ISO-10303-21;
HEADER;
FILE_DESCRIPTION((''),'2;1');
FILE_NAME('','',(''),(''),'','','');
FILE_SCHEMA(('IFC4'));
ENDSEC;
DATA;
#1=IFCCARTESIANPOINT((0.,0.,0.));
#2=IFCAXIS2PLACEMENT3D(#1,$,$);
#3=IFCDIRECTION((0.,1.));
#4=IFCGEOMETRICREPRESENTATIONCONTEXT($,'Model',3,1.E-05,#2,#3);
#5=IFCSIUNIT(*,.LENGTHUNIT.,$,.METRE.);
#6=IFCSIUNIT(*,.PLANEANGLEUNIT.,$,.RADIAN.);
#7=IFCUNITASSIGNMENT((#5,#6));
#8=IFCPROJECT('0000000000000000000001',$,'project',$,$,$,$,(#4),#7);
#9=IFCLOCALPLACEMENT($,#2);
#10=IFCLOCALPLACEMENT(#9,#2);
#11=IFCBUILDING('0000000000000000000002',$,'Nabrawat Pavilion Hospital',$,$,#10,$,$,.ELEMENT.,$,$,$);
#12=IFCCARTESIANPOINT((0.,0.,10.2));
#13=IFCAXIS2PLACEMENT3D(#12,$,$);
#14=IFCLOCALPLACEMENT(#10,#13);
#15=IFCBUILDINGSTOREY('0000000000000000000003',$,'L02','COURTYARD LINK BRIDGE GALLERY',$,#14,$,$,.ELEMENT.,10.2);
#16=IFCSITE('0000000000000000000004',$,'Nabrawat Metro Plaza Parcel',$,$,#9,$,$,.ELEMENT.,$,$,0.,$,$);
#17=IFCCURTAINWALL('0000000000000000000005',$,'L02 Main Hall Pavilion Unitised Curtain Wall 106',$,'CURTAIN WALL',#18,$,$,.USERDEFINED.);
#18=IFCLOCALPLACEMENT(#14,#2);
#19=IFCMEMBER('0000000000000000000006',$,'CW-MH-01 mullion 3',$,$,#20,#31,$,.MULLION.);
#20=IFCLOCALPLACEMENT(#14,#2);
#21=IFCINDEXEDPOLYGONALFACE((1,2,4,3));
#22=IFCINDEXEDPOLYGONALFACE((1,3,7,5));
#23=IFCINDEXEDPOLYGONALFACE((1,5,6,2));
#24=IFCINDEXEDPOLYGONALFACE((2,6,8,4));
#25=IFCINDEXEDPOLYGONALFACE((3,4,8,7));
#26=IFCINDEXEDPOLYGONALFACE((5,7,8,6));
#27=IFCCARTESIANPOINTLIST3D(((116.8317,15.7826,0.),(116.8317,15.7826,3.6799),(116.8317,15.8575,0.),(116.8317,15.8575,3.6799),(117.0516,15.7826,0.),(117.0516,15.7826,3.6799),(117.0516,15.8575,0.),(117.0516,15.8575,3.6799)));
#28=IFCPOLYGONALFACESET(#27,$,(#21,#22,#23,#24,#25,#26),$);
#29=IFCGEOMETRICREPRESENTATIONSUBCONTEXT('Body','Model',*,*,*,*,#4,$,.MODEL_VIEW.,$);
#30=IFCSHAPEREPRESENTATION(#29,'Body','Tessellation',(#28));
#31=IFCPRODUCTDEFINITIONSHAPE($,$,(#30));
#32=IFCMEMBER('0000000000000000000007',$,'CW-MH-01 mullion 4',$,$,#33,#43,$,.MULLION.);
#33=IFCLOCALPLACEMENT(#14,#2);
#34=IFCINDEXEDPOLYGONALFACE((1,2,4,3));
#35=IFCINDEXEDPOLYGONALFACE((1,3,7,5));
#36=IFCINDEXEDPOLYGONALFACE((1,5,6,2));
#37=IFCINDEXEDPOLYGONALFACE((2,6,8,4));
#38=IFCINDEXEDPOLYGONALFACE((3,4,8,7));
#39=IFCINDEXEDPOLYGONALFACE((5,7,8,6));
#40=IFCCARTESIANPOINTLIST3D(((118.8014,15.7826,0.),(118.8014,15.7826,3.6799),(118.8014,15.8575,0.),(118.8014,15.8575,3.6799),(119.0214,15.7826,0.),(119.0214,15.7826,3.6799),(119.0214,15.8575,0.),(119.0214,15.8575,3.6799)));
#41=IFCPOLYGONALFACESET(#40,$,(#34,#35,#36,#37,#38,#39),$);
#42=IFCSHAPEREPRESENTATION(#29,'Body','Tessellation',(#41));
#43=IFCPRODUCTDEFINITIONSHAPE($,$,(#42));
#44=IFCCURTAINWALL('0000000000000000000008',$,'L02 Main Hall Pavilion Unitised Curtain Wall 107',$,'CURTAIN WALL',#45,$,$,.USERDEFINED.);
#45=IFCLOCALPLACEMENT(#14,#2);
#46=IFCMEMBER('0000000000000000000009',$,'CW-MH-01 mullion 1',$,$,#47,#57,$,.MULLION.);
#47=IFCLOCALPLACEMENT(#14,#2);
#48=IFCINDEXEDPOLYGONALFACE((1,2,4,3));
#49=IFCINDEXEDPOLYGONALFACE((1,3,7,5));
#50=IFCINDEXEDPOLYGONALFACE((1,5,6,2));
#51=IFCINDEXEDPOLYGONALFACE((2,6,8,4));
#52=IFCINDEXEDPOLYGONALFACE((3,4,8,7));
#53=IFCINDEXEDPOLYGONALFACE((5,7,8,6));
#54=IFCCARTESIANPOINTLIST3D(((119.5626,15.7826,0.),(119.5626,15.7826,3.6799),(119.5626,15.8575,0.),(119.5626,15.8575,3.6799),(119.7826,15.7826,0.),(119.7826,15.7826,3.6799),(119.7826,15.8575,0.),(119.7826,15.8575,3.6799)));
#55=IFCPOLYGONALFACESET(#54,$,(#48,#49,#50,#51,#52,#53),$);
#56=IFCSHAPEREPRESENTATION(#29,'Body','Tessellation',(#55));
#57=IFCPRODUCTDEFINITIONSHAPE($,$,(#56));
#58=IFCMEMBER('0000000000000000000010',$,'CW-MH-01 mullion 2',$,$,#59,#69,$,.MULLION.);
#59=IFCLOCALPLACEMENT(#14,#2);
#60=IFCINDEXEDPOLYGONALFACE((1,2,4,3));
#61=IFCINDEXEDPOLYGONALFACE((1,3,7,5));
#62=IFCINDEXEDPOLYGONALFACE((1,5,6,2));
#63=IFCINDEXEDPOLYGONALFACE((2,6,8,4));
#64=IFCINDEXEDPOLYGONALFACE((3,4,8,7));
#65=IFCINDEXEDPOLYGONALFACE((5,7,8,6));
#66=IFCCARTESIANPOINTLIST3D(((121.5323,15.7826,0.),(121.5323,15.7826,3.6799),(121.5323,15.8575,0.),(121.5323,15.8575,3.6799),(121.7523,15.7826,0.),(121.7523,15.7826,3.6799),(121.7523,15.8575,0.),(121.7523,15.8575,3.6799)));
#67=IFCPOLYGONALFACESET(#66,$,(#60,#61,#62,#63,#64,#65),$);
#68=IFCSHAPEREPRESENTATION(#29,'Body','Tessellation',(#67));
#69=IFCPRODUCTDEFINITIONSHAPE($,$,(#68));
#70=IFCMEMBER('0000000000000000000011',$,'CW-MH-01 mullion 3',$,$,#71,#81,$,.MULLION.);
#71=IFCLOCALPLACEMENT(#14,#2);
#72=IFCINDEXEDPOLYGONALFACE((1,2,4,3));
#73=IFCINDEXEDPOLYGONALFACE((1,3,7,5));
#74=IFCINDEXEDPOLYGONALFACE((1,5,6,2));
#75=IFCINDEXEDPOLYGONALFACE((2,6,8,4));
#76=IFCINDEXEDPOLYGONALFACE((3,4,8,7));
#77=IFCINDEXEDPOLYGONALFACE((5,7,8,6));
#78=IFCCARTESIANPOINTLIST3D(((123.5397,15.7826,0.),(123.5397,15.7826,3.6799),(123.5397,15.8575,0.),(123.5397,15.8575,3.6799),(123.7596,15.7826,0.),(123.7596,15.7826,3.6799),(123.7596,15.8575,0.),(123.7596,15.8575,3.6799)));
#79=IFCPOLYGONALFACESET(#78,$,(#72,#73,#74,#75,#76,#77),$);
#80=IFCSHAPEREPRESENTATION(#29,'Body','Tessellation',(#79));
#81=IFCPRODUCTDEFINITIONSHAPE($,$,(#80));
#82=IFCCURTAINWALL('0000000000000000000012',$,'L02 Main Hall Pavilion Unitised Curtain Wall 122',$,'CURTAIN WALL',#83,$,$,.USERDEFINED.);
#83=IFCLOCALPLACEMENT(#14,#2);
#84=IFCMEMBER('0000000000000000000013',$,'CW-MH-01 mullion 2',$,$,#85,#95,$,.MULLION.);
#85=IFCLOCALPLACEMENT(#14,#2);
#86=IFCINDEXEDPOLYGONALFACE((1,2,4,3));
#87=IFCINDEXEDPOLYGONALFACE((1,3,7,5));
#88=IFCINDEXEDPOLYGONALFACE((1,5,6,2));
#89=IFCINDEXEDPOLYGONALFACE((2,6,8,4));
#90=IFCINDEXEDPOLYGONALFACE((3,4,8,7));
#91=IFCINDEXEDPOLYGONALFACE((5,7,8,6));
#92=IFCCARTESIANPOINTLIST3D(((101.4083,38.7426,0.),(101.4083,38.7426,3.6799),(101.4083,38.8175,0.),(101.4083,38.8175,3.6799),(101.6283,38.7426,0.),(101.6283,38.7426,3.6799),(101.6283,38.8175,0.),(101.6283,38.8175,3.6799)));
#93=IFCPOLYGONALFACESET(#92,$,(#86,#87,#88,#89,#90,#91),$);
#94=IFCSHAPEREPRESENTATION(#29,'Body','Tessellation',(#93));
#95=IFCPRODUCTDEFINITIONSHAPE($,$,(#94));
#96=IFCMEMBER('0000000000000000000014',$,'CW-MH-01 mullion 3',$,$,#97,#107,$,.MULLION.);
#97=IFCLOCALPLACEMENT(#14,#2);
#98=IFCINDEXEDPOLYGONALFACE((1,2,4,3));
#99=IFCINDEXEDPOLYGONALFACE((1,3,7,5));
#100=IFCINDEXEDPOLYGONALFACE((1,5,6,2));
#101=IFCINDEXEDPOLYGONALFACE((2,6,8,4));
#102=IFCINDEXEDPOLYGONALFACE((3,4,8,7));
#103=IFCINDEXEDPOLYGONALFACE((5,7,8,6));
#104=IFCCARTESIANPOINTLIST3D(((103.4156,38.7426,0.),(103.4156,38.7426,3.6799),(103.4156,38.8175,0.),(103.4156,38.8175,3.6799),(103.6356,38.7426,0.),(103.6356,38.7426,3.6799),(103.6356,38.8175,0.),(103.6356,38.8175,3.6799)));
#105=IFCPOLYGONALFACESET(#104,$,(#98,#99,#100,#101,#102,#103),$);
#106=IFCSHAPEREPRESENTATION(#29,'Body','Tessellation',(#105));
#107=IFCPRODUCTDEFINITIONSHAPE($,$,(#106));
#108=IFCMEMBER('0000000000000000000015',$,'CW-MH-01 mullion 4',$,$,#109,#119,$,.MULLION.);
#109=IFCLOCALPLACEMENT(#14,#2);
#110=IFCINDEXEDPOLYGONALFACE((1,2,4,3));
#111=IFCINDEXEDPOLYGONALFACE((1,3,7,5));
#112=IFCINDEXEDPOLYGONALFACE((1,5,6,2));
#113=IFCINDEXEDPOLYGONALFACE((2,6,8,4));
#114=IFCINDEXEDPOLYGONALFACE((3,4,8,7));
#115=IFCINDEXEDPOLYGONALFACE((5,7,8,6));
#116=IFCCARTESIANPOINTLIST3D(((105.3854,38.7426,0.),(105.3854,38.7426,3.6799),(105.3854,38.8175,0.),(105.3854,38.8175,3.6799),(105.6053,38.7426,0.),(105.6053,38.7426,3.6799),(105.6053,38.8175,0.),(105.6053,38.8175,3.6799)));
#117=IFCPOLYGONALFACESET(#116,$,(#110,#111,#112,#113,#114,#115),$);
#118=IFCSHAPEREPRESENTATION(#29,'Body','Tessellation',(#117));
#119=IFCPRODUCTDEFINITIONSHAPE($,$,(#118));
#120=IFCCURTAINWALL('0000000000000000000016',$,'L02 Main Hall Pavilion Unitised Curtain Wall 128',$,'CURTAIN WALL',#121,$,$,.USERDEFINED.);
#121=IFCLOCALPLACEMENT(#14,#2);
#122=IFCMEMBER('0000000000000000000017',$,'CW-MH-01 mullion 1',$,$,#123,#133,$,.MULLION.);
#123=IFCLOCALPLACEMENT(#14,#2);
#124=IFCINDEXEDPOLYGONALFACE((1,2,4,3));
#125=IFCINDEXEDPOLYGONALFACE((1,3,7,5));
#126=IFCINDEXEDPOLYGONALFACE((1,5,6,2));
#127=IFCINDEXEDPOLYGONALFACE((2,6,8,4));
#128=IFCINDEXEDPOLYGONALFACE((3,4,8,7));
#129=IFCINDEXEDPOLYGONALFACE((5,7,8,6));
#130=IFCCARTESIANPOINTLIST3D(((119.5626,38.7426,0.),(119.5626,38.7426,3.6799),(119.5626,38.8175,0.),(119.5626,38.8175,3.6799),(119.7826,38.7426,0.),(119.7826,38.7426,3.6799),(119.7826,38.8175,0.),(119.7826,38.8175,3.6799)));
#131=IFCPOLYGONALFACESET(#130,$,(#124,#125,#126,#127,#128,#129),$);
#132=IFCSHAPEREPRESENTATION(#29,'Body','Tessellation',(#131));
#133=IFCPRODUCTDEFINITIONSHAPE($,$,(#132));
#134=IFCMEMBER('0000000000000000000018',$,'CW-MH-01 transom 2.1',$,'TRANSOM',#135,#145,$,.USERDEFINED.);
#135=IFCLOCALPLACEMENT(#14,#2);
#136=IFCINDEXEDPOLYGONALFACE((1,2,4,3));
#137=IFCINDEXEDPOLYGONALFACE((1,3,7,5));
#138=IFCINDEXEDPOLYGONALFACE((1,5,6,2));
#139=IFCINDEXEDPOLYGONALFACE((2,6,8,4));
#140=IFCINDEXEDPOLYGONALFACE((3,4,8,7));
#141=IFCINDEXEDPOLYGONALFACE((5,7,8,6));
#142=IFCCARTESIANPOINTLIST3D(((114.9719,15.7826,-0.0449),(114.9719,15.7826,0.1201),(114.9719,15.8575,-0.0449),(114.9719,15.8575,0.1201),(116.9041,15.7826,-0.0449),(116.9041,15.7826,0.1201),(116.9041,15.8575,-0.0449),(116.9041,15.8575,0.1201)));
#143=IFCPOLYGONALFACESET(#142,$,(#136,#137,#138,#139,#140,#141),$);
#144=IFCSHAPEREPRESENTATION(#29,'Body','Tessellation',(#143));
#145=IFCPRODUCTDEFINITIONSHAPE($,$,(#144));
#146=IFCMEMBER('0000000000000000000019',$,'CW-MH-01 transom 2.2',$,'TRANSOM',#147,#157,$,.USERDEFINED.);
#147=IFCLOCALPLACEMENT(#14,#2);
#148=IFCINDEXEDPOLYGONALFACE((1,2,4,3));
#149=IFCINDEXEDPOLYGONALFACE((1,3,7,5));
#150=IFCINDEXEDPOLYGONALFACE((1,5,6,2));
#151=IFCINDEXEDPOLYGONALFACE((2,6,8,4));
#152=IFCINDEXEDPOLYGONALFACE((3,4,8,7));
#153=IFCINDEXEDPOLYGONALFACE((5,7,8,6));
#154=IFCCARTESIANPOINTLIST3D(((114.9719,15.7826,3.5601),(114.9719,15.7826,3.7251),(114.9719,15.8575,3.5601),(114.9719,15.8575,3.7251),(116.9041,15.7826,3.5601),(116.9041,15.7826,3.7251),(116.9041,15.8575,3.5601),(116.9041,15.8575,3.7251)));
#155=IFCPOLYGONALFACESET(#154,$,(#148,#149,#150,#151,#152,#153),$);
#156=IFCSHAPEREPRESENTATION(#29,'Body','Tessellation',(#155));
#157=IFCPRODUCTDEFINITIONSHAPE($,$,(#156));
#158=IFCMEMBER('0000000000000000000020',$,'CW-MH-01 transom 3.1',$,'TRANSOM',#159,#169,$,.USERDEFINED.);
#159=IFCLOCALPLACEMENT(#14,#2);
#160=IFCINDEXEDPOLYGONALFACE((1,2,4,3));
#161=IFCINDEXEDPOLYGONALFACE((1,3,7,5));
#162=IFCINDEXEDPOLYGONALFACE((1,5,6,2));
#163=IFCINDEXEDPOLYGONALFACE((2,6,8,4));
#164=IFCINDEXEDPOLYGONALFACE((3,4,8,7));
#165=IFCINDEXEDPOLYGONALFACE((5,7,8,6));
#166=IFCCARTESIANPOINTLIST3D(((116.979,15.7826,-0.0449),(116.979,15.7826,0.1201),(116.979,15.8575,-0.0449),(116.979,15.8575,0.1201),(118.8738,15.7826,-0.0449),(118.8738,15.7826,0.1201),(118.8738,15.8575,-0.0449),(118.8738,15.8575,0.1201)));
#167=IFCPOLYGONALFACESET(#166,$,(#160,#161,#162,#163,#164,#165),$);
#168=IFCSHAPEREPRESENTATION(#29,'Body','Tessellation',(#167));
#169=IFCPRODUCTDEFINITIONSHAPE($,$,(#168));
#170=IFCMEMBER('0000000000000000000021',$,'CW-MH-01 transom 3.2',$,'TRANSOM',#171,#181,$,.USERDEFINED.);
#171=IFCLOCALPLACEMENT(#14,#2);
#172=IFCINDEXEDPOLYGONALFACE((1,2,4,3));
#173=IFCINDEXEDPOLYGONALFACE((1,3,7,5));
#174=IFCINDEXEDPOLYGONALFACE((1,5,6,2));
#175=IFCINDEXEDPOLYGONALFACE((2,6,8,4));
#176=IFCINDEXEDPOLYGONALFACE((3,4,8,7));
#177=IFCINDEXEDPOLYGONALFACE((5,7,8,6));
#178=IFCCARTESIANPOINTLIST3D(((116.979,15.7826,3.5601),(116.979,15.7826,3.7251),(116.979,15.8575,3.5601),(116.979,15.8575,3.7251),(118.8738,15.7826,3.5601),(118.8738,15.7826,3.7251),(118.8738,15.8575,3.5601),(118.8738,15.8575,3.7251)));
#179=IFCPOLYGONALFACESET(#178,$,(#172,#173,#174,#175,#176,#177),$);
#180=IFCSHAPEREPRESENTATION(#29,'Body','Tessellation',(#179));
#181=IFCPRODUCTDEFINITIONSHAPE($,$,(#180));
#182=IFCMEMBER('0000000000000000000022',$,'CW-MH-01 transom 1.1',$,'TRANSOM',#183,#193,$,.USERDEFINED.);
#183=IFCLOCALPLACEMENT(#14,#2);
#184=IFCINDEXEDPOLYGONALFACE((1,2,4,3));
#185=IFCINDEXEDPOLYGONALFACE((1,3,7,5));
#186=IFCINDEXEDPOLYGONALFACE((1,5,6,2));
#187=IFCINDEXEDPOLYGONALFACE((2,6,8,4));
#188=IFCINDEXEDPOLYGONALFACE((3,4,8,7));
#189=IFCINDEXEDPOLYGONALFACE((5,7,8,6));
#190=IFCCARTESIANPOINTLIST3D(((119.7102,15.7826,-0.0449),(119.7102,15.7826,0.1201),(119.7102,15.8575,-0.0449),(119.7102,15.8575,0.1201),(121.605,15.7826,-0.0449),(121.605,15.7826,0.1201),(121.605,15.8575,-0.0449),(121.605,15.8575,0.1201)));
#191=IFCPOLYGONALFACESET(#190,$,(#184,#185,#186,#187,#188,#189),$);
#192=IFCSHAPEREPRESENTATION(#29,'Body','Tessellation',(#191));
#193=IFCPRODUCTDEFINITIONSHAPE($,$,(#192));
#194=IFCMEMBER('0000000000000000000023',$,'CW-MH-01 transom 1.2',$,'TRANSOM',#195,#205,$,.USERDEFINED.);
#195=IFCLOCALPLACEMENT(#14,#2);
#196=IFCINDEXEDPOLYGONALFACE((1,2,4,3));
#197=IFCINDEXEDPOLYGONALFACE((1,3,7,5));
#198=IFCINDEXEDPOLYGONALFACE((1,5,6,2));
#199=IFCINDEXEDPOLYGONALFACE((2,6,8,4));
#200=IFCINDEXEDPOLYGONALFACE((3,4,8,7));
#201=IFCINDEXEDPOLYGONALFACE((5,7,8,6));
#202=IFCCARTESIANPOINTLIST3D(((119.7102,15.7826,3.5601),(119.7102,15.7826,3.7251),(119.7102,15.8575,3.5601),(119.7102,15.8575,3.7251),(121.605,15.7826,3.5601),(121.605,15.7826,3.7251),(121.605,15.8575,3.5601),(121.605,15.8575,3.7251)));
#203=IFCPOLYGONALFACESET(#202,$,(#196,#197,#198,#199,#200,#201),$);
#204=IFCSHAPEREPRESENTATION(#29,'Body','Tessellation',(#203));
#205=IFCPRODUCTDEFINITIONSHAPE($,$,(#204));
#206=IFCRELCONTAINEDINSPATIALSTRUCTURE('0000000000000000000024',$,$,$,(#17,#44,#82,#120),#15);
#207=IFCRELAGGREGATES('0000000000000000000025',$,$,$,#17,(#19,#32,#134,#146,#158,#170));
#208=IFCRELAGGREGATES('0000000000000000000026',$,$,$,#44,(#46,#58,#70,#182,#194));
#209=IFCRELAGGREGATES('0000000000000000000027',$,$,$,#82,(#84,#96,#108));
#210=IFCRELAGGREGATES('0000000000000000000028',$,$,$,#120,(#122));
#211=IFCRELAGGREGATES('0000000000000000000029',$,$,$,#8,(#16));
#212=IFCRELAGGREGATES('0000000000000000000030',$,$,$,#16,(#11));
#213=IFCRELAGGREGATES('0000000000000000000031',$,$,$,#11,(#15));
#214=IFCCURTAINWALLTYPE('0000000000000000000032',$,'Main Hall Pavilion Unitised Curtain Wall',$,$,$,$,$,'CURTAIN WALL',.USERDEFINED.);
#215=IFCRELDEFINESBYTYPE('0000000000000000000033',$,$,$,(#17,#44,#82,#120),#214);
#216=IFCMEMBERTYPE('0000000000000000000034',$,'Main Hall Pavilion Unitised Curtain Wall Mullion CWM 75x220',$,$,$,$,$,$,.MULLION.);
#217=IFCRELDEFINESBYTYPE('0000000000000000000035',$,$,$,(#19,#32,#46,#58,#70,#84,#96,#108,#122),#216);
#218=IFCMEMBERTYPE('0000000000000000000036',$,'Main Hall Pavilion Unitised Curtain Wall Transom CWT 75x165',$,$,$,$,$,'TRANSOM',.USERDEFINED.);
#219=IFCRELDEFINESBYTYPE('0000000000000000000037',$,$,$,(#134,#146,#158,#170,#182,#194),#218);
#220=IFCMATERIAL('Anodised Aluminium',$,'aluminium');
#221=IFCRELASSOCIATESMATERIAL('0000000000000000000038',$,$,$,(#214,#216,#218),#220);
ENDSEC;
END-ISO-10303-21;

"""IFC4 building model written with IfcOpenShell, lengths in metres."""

from ifc_helpers import new_model, si_unit, direction, frame, origin, origin_2d, place, context, subcontext, project, spatial, rectangle, extrude, material, material_profile, profile_set, type_object, element, aggregate, save


model = new_model("IFC4")

# Units and contexts
model_context = context("Model", 3, precision=1e-05, world=origin(), true_north=direction((0.0, 1.0)))
body_context = subcontext(model_context, "Body", "Model", "MODEL_VIEW")
ifc_project = project(units=[si_unit("LENGTHUNIT", "METRE"), si_unit("PLANEANGLEUNIT", "RADIAN")], contexts=[model_context])

# Site, building, storey
site_placement = place(None, origin())
site = spatial("IfcSite", under=ifc_project, at=site_placement, Name="Nabrawat Metro Plaza Parcel", CompositionType="ELEMENT", RefElevation=0.0)
building_placement = place(site_placement, origin())
building = spatial("IfcBuilding", under=site, at=building_placement, Name="Nabrawat Pavilion Hospital", CompositionType="ELEMENT")
storey_placement = place(building_placement, frame((0.0, 0.0, 10.2)))
storey = spatial("IfcBuildingStorey", under=building, at=storey_placement, Name="L02", Description="COURTYARD LINK BRIDGE GALLERY", CompositionType="ELEMENT", Elevation=10.2)

# Curtain walls, members
ifc_material_1 = material(Name="Anodised Aluminium", Category="aluminium")
curtain_wall_type = type_object("IfcCurtainWallType", Name="Main Hall Pavilion Unitised Curtain Wall", ElementType="CURTAIN WALL", PredefinedType="USERDEFINED", material=ifc_material_1)
curtain_wall_1_placement = place(storey_placement, origin())
curtain_wall_1 = element("IfcCurtainWall", 1, at=curtain_wall_1_placement, inside=storey, type_object=curtain_wall_type, Name="L02 Main Hall Pavilion Unitised Curtain Wall 106", ObjectType="CURTAIN WALL", PredefinedType="USERDEFINED")
ifc_material_profile_1 = material_profile(ifc_material_1, rectangle(XDim=0.075, YDim=0.22, at=origin_2d()), Name="CWM 75x220")
ifc_profile_set_1 = profile_set([ifc_material_profile_1], Name="Anodised Aluminium")
member_type_1 = type_object("IfcMemberType", Name="Main Hall Pavilion Unitised Curtain Wall Mullion CWM 75x220", PredefinedType="MULLION", material=ifc_profile_set_1)
member_1_placement = place(storey_placement, frame((116.9417, 15.8201, 0.0), z_axis=(0.0, 0.0, 1.0), x_axis=(0.0, 1.0, 0.0)))
member_1 = element("IfcMember", 2, at=member_1_placement, type_object=member_type_1, Name="CW-MH-01 mullion 3", PredefinedType="MULLION", context=body_context, shape_type="SweptSolid", body=[
    extrude(rectangle(XDim=0.075, YDim=0.22, at=origin_2d()), origin(), (0.0, 0.0, 1.0), 3.6799),
])
member_2_placement = place(storey_placement, frame((118.9114, 15.8201, 0.0), z_axis=(0.0, 0.0, 1.0), x_axis=(0.0, 1.0, 0.0)))
member_2 = element("IfcMember", 3, at=member_2_placement, type_object=member_type_1, Name="CW-MH-01 mullion 4", PredefinedType="MULLION", context=body_context, shape_type="SweptSolid", body=[
    extrude(rectangle(XDim=0.075, YDim=0.22, at=origin_2d()), origin(), (0.0, 0.0, 1.0), 3.6799),
])
curtain_wall_2_placement = place(storey_placement, origin())
curtain_wall_2 = element("IfcCurtainWall", 4, at=curtain_wall_2_placement, inside=storey, type_object=curtain_wall_type, Name="L02 Main Hall Pavilion Unitised Curtain Wall 107", ObjectType="CURTAIN WALL", PredefinedType="USERDEFINED")
member_3_placement = place(storey_placement, frame((119.6726, 15.8201, 0.0), z_axis=(0.0, 0.0, 1.0), x_axis=(0.0, 1.0, 0.0)))
member_3 = element("IfcMember", 5, at=member_3_placement, type_object=member_type_1, Name="CW-MH-01 mullion 1", PredefinedType="MULLION", context=body_context, shape_type="SweptSolid", body=[
    extrude(rectangle(XDim=0.075, YDim=0.22, at=origin_2d()), origin(), (0.0, 0.0, 1.0), 3.6799),
])
member_4_placement = place(storey_placement, frame((121.6423, 15.8201, 0.0), z_axis=(0.0, 0.0, 1.0), x_axis=(0.0, 1.0, 0.0)))
member_4 = element("IfcMember", 6, at=member_4_placement, type_object=member_type_1, Name="CW-MH-01 mullion 2", PredefinedType="MULLION", context=body_context, shape_type="SweptSolid", body=[
    extrude(rectangle(XDim=0.075, YDim=0.22, at=origin_2d()), origin(), (0.0, 0.0, 1.0), 3.6799),
])
member_5_placement = place(storey_placement, frame((123.6497, 15.8201, 0.0), z_axis=(0.0, 0.0, 1.0), x_axis=(0.0, 1.0, 0.0)))
member_5 = element("IfcMember", 7, at=member_5_placement, type_object=member_type_1, Name="CW-MH-01 mullion 3", PredefinedType="MULLION", context=body_context, shape_type="SweptSolid", body=[
    extrude(rectangle(XDim=0.075, YDim=0.22, at=origin_2d()), origin(), (0.0, 0.0, 1.0), 3.6799),
])
curtain_wall_3_placement = place(storey_placement, origin())
curtain_wall_3 = element("IfcCurtainWall", 8, at=curtain_wall_3_placement, inside=storey, type_object=curtain_wall_type, Name="L02 Main Hall Pavilion Unitised Curtain Wall 122", ObjectType="CURTAIN WALL", PredefinedType="USERDEFINED")
member_6_placement = place(storey_placement, frame((101.5183, 38.78, 0.0), z_axis=(0.0, 0.0, 1.0), x_axis=(0.0, 1.0, 0.0)))
member_6 = element("IfcMember", 9, at=member_6_placement, type_object=member_type_1, Name="CW-MH-01 mullion 2", PredefinedType="MULLION", context=body_context, shape_type="SweptSolid", body=[
    extrude(rectangle(XDim=0.075, YDim=0.22, at=origin_2d()), origin(), (0.0, 0.0, 1.0), 3.6799),
])
member_7_placement = place(storey_placement, frame((103.5256, 38.78, 0.0), z_axis=(0.0, 0.0, 1.0), x_axis=(0.0, 1.0, 0.0)))
member_7 = element("IfcMember", 10, at=member_7_placement, type_object=member_type_1, Name="CW-MH-01 mullion 3", PredefinedType="MULLION", context=body_context, shape_type="SweptSolid", body=[
    extrude(rectangle(XDim=0.075, YDim=0.22, at=origin_2d()), origin(), (0.0, 0.0, 1.0), 3.6799),
])
member_8_placement = place(storey_placement, frame((105.4954, 38.78, 0.0), z_axis=(0.0, 0.0, 1.0), x_axis=(0.0, 1.0, 0.0)))
member_8 = element("IfcMember", 11, at=member_8_placement, type_object=member_type_1, Name="CW-MH-01 mullion 4", PredefinedType="MULLION", context=body_context, shape_type="SweptSolid", body=[
    extrude(rectangle(XDim=0.075, YDim=0.22, at=origin_2d()), origin(), (0.0, 0.0, 1.0), 3.6799),
])

# Curtain wall, member
curtain_wall_4_placement = place(storey_placement, origin())
curtain_wall_4 = element("IfcCurtainWall", 12, at=curtain_wall_4_placement, inside=storey, type_object=curtain_wall_type, Name="L02 Main Hall Pavilion Unitised Curtain Wall 128", ObjectType="CURTAIN WALL", PredefinedType="USERDEFINED")
member_9_placement = place(storey_placement, frame((119.6726, 38.78, 0.0), z_axis=(0.0, 0.0, 1.0), x_axis=(0.0, 1.0, 0.0)))
member_9 = element("IfcMember", 13, at=member_9_placement, type_object=member_type_1, Name="CW-MH-01 mullion 1", PredefinedType="MULLION", context=body_context, shape_type="SweptSolid", body=[
    extrude(rectangle(XDim=0.075, YDim=0.22, at=origin_2d()), origin(), (0.0, 0.0, 1.0), 3.6799),
])

# Members
ifc_material_profile_2 = material_profile(ifc_material_1, rectangle(XDim=0.075, YDim=0.165, at=origin_2d()), Name="CWT 75x165")
ifc_profile_set_2 = profile_set([ifc_material_profile_2], Name="Anodised Aluminium")
member_type_2 = type_object("IfcMemberType", Name="Main Hall Pavilion Unitised Curtain Wall Transom CWT 75x165", ElementType="TRANSOM", PredefinedType="USERDEFINED", material=ifc_profile_set_2)
member_10_placement = place(storey_placement, frame((114.9719, 15.8201, 0.0376), z_axis=(1.0, 0.0, 0.0), x_axis=(0.0, 1.0, 0.0)))
member_10 = element("IfcMember", 14, at=member_10_placement, type_object=member_type_2, Name="CW-MH-01 transom 2.1", ObjectType="TRANSOM", PredefinedType="USERDEFINED", context=body_context, shape_type="SweptSolid", body=[
    extrude(rectangle(XDim=0.075, YDim=0.165, at=origin_2d()), origin(), (0.0, 0.0, 1.0), 1.9321),
])
member_11_placement = place(storey_placement, frame((114.9719, 15.8201, 3.6426), z_axis=(1.0, 0.0, 0.0), x_axis=(0.0, 1.0, 0.0)))
member_11 = element("IfcMember", 15, at=member_11_placement, type_object=member_type_2, Name="CW-MH-01 transom 2.2", ObjectType="TRANSOM", PredefinedType="USERDEFINED", context=body_context, shape_type="SweptSolid", body=[
    extrude(rectangle(XDim=0.075, YDim=0.165, at=origin_2d()), origin(), (0.0, 0.0, 1.0), 1.9321),
])
member_12_placement = place(storey_placement, frame((116.979, 15.8201, 0.0376), z_axis=(1.0, 0.0, 0.0), x_axis=(0.0, 1.0, 0.0)))
member_12 = element("IfcMember", 16, at=member_12_placement, type_object=member_type_2, Name="CW-MH-01 transom 3.1", ObjectType="TRANSOM", PredefinedType="USERDEFINED", context=body_context, shape_type="SweptSolid", body=[
    extrude(rectangle(XDim=0.075, YDim=0.165, at=origin_2d()), origin(), (0.0, 0.0, 1.0), 1.8948),
])
member_13_placement = place(storey_placement, frame((116.979, 15.8201, 3.6426), z_axis=(1.0, 0.0, 0.0), x_axis=(0.0, 1.0, 0.0)))
member_13 = element("IfcMember", 17, at=member_13_placement, type_object=member_type_2, Name="CW-MH-01 transom 3.2", ObjectType="TRANSOM", PredefinedType="USERDEFINED", context=body_context, shape_type="SweptSolid", body=[
    extrude(rectangle(XDim=0.075, YDim=0.165, at=origin_2d()), origin(), (0.0, 0.0, 1.0), 1.8948),
])
member_14_placement = place(storey_placement, frame((119.7102, 15.8201, 0.0376), z_axis=(1.0, 0.0, 0.0), x_axis=(0.0, 1.0, 0.0)))
member_14 = element("IfcMember", 18, at=member_14_placement, type_object=member_type_2, Name="CW-MH-01 transom 1.1", ObjectType="TRANSOM", PredefinedType="USERDEFINED", context=body_context, shape_type="SweptSolid", body=[
    extrude(rectangle(XDim=0.075, YDim=0.165, at=origin_2d()), origin(), (0.0, 0.0, 1.0), 1.8948),
])
member_15_placement = place(storey_placement, frame((119.7102, 15.8201, 3.6426), z_axis=(1.0, 0.0, 0.0), x_axis=(0.0, 1.0, 0.0)))
member_15 = element("IfcMember", 19, at=member_15_placement, type_object=member_type_2, Name="CW-MH-01 transom 1.2", ObjectType="TRANSOM", PredefinedType="USERDEFINED", context=body_context, shape_type="SweptSolid", body=[
    extrude(rectangle(XDim=0.075, YDim=0.165, at=origin_2d()), origin(), (0.0, 0.0, 1.0), 1.8948),
])

aggregate(curtain_wall_1, [member_1, member_2, member_10, member_11, member_12, member_13])
aggregate(curtain_wall_2, [member_3, member_4, member_5, member_14, member_15])
aggregate(curtain_wall_3, [member_6, member_7, member_8])
aggregate(curtain_wall_4, [member_9])

save(model, "model.ifc")
